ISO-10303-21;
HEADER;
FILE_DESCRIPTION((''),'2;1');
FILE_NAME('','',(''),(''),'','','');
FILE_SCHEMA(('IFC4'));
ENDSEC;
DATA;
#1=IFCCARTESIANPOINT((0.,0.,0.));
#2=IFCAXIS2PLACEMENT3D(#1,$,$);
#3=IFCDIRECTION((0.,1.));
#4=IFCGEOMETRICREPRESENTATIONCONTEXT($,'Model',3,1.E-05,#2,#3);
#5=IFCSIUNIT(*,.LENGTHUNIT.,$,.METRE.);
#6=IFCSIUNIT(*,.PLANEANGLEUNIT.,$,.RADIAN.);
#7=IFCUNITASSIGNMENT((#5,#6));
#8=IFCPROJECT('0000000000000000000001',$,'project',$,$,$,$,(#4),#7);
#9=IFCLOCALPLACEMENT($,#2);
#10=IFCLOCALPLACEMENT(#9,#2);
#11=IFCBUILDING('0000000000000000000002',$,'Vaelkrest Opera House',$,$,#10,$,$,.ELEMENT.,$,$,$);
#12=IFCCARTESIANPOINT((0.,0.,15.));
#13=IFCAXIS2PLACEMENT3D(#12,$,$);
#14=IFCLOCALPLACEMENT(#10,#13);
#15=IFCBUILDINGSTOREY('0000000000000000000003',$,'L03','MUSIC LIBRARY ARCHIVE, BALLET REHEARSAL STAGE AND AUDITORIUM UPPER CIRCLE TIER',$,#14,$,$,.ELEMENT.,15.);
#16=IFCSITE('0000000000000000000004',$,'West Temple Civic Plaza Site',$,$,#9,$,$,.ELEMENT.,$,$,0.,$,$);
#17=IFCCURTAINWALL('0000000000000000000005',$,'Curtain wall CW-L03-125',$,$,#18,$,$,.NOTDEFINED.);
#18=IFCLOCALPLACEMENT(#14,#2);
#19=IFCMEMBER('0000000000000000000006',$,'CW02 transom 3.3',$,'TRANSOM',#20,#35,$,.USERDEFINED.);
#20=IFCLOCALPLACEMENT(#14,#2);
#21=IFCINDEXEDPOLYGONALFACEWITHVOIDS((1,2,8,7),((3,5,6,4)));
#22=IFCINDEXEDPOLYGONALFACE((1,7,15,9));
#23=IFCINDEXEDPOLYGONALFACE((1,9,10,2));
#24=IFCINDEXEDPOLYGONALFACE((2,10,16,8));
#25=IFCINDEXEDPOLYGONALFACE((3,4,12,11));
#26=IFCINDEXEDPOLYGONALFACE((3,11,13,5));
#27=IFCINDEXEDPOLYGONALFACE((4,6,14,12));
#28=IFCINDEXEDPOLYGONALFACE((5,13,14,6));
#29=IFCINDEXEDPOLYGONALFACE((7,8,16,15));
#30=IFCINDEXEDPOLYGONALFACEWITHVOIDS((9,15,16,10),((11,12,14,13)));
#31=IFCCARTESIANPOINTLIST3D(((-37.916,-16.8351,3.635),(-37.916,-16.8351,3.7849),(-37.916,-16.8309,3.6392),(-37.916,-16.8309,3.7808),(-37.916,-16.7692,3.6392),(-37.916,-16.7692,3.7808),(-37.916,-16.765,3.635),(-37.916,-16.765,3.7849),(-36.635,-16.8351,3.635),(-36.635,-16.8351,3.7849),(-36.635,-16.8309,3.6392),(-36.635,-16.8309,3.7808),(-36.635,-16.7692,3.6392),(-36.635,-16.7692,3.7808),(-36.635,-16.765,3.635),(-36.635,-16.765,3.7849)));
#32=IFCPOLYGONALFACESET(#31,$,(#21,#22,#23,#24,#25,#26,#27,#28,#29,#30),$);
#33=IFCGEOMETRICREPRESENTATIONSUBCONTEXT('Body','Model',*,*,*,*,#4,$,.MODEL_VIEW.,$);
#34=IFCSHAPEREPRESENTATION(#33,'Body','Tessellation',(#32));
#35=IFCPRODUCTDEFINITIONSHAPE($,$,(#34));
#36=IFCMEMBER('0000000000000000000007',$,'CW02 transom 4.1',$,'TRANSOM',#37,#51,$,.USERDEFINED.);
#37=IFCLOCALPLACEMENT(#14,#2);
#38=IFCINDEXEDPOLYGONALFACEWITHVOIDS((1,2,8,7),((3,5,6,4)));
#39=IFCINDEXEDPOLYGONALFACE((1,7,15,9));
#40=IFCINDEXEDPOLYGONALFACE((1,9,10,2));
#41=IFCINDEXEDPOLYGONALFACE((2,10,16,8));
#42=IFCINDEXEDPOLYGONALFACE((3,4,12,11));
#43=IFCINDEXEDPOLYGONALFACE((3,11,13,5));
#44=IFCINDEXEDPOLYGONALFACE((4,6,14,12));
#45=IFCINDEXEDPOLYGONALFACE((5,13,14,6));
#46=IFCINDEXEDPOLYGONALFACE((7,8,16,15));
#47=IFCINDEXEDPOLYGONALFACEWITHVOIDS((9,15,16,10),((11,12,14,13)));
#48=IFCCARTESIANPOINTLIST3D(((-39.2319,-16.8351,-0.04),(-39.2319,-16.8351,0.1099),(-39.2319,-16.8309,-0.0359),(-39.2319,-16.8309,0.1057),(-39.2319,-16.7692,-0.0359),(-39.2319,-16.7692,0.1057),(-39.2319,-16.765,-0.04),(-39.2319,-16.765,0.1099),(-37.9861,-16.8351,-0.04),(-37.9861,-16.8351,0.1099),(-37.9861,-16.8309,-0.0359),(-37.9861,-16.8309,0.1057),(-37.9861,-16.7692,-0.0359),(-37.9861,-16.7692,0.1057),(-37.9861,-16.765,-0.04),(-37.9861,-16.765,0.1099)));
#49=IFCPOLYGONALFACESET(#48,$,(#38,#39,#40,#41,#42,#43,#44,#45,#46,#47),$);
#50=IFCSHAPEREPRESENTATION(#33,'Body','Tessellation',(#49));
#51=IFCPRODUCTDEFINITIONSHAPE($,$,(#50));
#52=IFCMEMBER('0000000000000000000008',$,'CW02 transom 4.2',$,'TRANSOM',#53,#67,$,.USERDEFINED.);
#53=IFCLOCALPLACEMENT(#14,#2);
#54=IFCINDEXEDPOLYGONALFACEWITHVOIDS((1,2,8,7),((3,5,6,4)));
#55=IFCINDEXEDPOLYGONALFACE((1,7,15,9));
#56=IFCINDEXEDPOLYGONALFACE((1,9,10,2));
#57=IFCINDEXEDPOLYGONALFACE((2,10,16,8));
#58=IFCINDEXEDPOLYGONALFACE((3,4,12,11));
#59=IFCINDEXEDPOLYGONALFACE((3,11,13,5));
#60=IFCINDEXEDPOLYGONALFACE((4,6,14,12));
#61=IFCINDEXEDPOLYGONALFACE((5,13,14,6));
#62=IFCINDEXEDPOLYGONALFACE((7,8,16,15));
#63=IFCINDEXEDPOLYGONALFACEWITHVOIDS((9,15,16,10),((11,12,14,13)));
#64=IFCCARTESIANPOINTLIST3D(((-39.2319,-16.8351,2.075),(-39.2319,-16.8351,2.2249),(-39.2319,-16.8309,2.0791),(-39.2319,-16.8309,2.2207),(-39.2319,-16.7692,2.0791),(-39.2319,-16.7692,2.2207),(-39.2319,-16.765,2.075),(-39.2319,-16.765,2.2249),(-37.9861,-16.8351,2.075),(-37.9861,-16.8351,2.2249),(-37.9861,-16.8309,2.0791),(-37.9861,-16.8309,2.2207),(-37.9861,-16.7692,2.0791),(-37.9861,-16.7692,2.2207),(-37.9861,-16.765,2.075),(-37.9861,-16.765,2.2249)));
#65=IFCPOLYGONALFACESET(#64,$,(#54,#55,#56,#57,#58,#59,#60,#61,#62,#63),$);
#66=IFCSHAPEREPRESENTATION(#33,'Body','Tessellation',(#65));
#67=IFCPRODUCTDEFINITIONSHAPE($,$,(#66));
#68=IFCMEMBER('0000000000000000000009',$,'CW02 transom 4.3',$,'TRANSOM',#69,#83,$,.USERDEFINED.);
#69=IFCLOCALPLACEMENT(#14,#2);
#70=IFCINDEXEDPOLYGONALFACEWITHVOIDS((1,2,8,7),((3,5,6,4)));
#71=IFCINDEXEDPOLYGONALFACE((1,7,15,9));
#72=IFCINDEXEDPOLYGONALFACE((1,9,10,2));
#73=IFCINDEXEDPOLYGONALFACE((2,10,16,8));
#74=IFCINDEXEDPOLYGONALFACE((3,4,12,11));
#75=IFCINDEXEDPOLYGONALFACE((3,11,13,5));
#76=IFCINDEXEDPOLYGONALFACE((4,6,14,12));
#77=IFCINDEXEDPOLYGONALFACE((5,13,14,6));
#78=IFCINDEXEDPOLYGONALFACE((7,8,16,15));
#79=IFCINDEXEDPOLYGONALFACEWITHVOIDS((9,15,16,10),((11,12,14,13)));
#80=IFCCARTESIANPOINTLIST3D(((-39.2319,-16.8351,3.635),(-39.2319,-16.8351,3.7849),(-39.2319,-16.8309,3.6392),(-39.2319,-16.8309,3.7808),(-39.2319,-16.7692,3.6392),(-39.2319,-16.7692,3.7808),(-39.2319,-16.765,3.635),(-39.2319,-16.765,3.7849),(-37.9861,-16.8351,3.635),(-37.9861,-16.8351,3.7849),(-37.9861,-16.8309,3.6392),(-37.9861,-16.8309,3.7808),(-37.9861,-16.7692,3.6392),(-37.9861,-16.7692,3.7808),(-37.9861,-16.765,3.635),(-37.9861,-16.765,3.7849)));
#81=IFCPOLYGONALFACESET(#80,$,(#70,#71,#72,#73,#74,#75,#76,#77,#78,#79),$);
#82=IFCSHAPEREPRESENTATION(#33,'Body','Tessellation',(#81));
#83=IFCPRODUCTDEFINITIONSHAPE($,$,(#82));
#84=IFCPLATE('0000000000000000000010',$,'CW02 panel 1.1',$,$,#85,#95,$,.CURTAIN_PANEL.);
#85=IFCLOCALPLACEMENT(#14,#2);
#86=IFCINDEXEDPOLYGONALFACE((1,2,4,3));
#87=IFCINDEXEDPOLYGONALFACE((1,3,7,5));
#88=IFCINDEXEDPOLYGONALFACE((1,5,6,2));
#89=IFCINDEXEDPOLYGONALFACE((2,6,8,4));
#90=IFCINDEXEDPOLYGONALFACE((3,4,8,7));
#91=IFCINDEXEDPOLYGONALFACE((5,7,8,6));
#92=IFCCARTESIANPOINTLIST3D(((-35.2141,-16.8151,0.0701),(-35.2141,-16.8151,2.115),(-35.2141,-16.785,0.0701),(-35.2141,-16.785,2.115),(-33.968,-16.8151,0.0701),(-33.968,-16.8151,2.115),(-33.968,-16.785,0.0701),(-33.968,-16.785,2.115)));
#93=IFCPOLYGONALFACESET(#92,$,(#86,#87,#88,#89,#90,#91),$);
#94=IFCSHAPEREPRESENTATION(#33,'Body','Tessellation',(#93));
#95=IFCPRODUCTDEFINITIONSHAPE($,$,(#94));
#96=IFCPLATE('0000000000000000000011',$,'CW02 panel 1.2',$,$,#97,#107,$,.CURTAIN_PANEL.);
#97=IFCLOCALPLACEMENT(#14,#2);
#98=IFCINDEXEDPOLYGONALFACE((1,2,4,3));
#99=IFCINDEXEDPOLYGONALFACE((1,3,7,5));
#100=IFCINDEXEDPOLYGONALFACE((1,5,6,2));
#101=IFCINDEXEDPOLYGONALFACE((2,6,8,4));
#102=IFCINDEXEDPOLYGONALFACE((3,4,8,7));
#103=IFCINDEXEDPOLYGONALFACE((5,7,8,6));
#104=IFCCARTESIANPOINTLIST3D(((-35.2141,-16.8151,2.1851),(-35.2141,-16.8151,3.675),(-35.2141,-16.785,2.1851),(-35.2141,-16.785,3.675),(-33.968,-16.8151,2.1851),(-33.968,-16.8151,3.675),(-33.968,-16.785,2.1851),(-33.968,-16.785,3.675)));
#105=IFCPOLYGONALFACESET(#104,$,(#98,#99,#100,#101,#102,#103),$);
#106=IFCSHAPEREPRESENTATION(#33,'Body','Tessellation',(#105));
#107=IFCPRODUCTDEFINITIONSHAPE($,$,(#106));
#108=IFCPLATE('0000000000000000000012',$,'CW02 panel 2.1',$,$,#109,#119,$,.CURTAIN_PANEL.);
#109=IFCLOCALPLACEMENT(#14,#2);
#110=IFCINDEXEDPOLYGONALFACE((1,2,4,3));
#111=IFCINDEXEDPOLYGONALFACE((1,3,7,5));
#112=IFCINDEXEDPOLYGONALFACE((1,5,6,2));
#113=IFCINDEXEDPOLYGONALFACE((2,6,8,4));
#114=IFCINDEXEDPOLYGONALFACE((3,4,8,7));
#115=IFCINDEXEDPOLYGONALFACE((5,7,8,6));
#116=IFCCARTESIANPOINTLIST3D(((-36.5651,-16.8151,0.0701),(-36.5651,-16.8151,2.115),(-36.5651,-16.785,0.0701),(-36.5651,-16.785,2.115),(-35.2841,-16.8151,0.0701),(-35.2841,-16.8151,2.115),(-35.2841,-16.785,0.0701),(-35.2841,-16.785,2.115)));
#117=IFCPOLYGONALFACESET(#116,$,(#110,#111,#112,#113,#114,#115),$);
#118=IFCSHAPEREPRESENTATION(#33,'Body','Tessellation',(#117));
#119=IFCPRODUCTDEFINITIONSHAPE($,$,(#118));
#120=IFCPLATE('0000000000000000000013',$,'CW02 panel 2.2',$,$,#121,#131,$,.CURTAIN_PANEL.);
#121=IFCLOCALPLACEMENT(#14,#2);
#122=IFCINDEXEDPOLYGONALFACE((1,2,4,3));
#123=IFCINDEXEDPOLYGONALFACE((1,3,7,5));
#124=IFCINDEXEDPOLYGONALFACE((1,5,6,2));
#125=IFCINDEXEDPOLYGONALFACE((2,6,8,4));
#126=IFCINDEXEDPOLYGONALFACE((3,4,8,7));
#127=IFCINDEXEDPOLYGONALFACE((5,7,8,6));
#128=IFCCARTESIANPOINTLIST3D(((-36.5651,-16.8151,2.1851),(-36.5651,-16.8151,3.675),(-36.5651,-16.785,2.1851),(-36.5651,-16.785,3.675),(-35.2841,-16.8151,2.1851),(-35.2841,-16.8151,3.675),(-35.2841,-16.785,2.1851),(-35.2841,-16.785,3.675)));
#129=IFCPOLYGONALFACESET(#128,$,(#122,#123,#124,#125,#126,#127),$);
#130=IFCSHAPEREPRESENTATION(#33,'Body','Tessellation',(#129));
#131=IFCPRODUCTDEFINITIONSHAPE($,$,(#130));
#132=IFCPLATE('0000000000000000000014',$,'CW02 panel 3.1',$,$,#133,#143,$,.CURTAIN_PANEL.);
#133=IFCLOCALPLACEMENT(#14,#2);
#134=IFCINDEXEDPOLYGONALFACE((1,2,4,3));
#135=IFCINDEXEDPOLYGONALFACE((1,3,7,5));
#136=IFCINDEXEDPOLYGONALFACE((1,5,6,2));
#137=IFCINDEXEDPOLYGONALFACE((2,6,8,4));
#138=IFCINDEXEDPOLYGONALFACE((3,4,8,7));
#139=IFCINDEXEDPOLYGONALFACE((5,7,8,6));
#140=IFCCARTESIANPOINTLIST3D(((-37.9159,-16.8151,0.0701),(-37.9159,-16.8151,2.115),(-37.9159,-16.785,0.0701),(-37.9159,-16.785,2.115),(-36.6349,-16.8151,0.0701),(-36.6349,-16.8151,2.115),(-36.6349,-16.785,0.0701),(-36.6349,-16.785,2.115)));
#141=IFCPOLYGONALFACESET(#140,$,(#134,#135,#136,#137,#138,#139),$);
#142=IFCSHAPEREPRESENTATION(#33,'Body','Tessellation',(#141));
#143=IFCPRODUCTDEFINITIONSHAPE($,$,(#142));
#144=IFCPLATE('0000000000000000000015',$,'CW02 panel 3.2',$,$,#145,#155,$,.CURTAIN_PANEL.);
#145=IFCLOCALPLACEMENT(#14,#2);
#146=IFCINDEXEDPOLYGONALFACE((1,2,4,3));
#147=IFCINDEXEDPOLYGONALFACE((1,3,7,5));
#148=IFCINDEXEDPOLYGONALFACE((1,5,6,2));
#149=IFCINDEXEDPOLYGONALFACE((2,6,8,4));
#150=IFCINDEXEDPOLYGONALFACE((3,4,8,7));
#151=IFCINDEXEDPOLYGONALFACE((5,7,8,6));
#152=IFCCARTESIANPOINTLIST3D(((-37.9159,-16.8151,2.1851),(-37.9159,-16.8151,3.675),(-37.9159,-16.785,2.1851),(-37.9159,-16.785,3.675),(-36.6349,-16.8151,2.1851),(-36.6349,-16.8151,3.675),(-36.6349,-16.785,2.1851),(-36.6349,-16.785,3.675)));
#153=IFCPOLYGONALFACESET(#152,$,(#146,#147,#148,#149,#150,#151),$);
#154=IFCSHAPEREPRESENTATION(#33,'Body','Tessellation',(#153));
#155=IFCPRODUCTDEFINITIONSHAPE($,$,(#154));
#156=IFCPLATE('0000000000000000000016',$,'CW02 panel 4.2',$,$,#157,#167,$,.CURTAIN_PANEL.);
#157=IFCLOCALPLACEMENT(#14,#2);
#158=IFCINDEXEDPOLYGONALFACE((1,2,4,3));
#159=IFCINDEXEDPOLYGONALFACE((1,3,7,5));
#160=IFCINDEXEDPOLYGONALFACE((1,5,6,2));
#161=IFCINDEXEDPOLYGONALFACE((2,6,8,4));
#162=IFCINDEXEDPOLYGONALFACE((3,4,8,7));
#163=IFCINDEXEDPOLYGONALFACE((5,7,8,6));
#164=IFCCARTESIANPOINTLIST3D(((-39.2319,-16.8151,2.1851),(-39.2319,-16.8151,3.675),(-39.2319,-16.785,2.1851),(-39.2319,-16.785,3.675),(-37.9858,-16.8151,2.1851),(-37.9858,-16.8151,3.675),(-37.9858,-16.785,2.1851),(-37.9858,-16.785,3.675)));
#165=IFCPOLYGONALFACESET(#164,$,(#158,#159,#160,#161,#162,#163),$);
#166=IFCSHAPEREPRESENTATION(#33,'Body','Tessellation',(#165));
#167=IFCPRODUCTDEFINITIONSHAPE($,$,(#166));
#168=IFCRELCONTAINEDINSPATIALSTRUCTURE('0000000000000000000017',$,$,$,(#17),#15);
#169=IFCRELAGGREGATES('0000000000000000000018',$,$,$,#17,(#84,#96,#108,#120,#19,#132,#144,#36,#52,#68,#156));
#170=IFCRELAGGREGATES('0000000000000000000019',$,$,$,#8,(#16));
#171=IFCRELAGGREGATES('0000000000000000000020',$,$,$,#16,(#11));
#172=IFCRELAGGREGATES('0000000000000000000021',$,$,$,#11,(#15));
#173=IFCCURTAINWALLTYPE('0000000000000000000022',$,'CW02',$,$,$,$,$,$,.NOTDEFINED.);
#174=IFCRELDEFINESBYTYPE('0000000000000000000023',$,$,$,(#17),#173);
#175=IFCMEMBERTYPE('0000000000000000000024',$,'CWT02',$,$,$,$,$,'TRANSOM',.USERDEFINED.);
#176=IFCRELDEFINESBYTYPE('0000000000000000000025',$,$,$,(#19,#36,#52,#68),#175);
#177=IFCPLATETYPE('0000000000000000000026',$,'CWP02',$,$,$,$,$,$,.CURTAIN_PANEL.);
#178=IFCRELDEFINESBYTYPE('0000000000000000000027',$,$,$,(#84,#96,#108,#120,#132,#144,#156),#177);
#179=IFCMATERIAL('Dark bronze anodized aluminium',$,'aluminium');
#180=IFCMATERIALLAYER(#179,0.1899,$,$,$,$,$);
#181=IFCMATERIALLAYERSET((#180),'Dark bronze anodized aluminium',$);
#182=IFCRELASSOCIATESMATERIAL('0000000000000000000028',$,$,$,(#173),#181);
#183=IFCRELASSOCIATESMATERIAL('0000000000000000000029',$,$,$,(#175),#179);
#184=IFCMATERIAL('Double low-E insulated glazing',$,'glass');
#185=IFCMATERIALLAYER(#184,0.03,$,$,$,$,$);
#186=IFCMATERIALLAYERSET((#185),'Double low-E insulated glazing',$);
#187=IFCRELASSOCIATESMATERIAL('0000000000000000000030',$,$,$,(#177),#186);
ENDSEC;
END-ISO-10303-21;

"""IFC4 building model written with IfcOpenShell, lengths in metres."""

from ifc_helpers import new_model, si_unit, direction, frame, origin, origin_2d, place, context, subcontext, project, spatial, rectangle, hollow_rectangle, extrude, material, layer, layer_set, material_profile, profile_set, type_object, element, aggregate, save


model = new_model("IFC4")

# Units and contexts
model_context = context("Model", 3, precision=1e-05, world=origin(), true_north=direction((0.0, 1.0)))
body_context = subcontext(model_context, "Body", "Model", "MODEL_VIEW")
ifc_project = project(units=[si_unit("LENGTHUNIT", "METRE"), si_unit("PLANEANGLEUNIT", "RADIAN")], contexts=[model_context])

# Site, building, storey
site_placement = place(None, origin())
site = spatial("IfcSite", under=ifc_project, at=site_placement, Name="West Temple Civic Plaza Site", CompositionType="ELEMENT", RefElevation=0.0)
building_placement = place(site_placement, origin())
building = spatial("IfcBuilding", under=site, at=building_placement, Name="Vaelkrest Opera House", CompositionType="ELEMENT")
storey_placement = place(building_placement, frame((0.0, 0.0, 15.0)))
storey = spatial("IfcBuildingStorey", under=building, at=storey_placement, Name="L03", Description="MUSIC LIBRARY ARCHIVE, BALLET REHEARSAL STAGE AND AUDITORIUM UPPER CIRCLE TIER", CompositionType="ELEMENT", Elevation=15.0)

# Curtain wall, members, plates
ifc_material_1 = material(Name="Dark bronze anodized aluminium", Category="aluminium")
ifc_layer_1 = layer(ifc_material_1, 0.1899)
ifc_layer_set_1 = layer_set([ifc_layer_1], Name="Dark bronze anodized aluminium")
curtain_wall_type = type_object("IfcCurtainWallType", Name="CW02", PredefinedType="NOTDEFINED", material=ifc_layer_set_1)
curtain_wall_placement = place(storey_placement, origin())
curtain_wall = element("IfcCurtainWall", 1, at=curtain_wall_placement, inside=storey, type_object=curtain_wall_type, Name="Curtain wall CW-L03-125", PredefinedType="NOTDEFINED")
ifc_material_profile_1 = material_profile(ifc_material_1, hollow_rectangle(XDim=0.0701, YDim=0.1499, WallThickness=0.0042, at=origin_2d()), Name="CWT70X150")
ifc_profile_set_1 = profile_set([ifc_material_profile_1], Name="Dark bronze anodized aluminium")
member_type_1 = type_object("IfcMemberType", Name="CWT02", ElementType="TRANSOM", PredefinedType="USERDEFINED", material=ifc_profile_set_1)
member_1_placement = place(storey_placement, frame((-36.635, -16.8, 3.71), z_axis=(-1.0, 0.0, 0.0), x_axis=(0.0, -1.0, 0.0)))
member_1 = element("IfcMember", 2, at=member_1_placement, type_object=member_type_1, Name="CW02 transom 3.3", ObjectType="TRANSOM", PredefinedType="USERDEFINED", context=body_context, shape_type="SweptSolid", body=[
    extrude(hollow_rectangle(XDim=0.0701, YDim=0.1499, WallThickness=0.0042, at=origin_2d()), origin(), (0.0, 0.0, 1.0), 1.281),
])
member_2_placement = place(storey_placement, frame((-37.9861, -16.8, 0.0349), z_axis=(-1.0, 0.0, 0.0), x_axis=(0.0, -1.0, 0.0)))
member_2 = element("IfcMember", 3, at=member_2_placement, type_object=member_type_1, Name="CW02 transom 4.1", ObjectType="TRANSOM", PredefinedType="USERDEFINED", context=body_context, shape_type="SweptSolid", body=[
    extrude(hollow_rectangle(XDim=0.0701, YDim=0.1499, WallThickness=0.0042, at=origin_2d()), origin(), (0.0, 0.0, 1.0), 1.2458),
])
member_3_placement = place(storey_placement, frame((-37.9861, -16.8, 2.1499), z_axis=(-1.0, 0.0, 0.0), x_axis=(0.0, -1.0, 0.0)))
member_3 = element("IfcMember", 4, at=member_3_placement, type_object=member_type_1, Name="CW02 transom 4.2", ObjectType="TRANSOM", PredefinedType="USERDEFINED", context=body_context, shape_type="SweptSolid", body=[
    extrude(hollow_rectangle(XDim=0.0701, YDim=0.1499, WallThickness=0.0042, at=origin_2d()), origin(), (0.0, 0.0, 1.0), 1.2458),
])
member_4_placement = place(storey_placement, frame((-37.9861, -16.8, 3.71), z_axis=(-1.0, 0.0, 0.0), x_axis=(0.0, -1.0, 0.0)))
member_4 = element("IfcMember", 5, at=member_4_placement, type_object=member_type_1, Name="CW02 transom 4.3", ObjectType="TRANSOM", PredefinedType="USERDEFINED", context=body_context, shape_type="SweptSolid", body=[
    extrude(hollow_rectangle(XDim=0.0701, YDim=0.1499, WallThickness=0.0042, at=origin_2d()), origin(), (0.0, 0.0, 1.0), 1.2458),
])
ifc_material_2 = material(Name="Double low-E insulated glazing", Category="glass")
ifc_layer_2 = layer(ifc_material_2, 0.03)
ifc_layer_set_2 = layer_set([ifc_layer_2], Name="Double low-E insulated glazing")
plate_type = type_object("IfcPlateType", Name="CWP02", PredefinedType="CURTAIN_PANEL", material=ifc_layer_set_2)
plate_1_placement = place(storey_placement, frame((-34.5911, -16.8, 0.0701), z_axis=(0.0, 0.0, 1.0), x_axis=(-1.0, 0.0, 0.0)))
plate_1 = element("IfcPlate", 6, at=plate_1_placement, type_object=plate_type, Name="CW02 panel 1.1", PredefinedType="CURTAIN_PANEL", context=body_context, shape_type="SweptSolid", body=[
    extrude(rectangle(XDim=1.2461, YDim=0.03, at=origin_2d()), origin(), (0.0, 0.0, 1.0), 2.0449),
])
plate_2_placement = place(storey_placement, frame((-34.5911, -16.8, 2.1851), z_axis=(0.0, 0.0, 1.0), x_axis=(-1.0, 0.0, 0.0)))
plate_2 = element("IfcPlate", 7, at=plate_2_placement, type_object=plate_type, Name="CW02 panel 1.2", PredefinedType="CURTAIN_PANEL", context=body_context, shape_type="SweptSolid", body=[
    extrude(rectangle(XDim=1.2461, YDim=0.03, at=origin_2d()), origin(), (0.0, 0.0, 1.0), 1.49),
])
plate_3_placement = place(storey_placement, frame((-35.9246, -16.8, 0.0701), z_axis=(0.0, 0.0, 1.0), x_axis=(-1.0, 0.0, 0.0)))
plate_3 = element("IfcPlate", 8, at=plate_3_placement, type_object=plate_type, Name="CW02 panel 2.1", PredefinedType="CURTAIN_PANEL", context=body_context, shape_type="SweptSolid", body=[
    extrude(rectangle(XDim=1.281, YDim=0.03, at=origin_2d()), origin(), (0.0, 0.0, 1.0), 2.0449),
])
plate_4_placement = place(storey_placement, frame((-35.9246, -16.8, 2.1851), z_axis=(0.0, 0.0, 1.0), x_axis=(-1.0, 0.0, 0.0)))
plate_4 = element("IfcPlate", 9, at=plate_4_placement, type_object=plate_type, Name="CW02 panel 2.2", PredefinedType="CURTAIN_PANEL", context=body_context, shape_type="SweptSolid", body=[
    extrude(rectangle(XDim=1.281, YDim=0.03, at=origin_2d()), origin(), (0.0, 0.0, 1.0), 1.49),
])
plate_5_placement = place(storey_placement, frame((-37.2754, -16.8, 0.0701), z_axis=(0.0, 0.0, 1.0), x_axis=(-1.0, 0.0, 0.0)))
plate_5 = element("IfcPlate", 10, at=plate_5_placement, type_object=plate_type, Name="CW02 panel 3.1", PredefinedType="CURTAIN_PANEL", context=body_context, shape_type="SweptSolid", body=[
    extrude(rectangle(XDim=1.281, YDim=0.03, at=origin_2d()), origin(), (0.0, 0.0, 1.0), 2.0449),
])
plate_6_placement = place(storey_placement, frame((-37.2754, -16.8, 2.1851), z_axis=(0.0, 0.0, 1.0), x_axis=(-1.0, 0.0, 0.0)))
plate_6 = element("IfcPlate", 11, at=plate_6_placement, type_object=plate_type, Name="CW02 panel 3.2", PredefinedType="CURTAIN_PANEL", context=body_context, shape_type="SweptSolid", body=[
    extrude(rectangle(XDim=1.281, YDim=0.03, at=origin_2d()), origin(), (0.0, 0.0, 1.0), 1.49),
])
plate_7_placement = place(storey_placement, frame((-38.6089, -16.8, 2.1851), z_axis=(0.0, 0.0, 1.0), x_axis=(-1.0, 0.0, 0.0)))
plate_7 = element("IfcPlate", 12, at=plate_7_placement, type_object=plate_type, Name="CW02 panel 4.2", PredefinedType="CURTAIN_PANEL", context=body_context, shape_type="SweptSolid", body=[
    extrude(rectangle(XDim=1.2461, YDim=0.03, at=origin_2d()), origin(), (0.0, 0.0, 1.0), 1.49),
])
aggregate(curtain_wall, [plate_1, plate_2, plate_3, plate_4, member_1, plate_5, plate_6, member_2, member_3, member_4, plate_7])

save(model, "model.ifc")
